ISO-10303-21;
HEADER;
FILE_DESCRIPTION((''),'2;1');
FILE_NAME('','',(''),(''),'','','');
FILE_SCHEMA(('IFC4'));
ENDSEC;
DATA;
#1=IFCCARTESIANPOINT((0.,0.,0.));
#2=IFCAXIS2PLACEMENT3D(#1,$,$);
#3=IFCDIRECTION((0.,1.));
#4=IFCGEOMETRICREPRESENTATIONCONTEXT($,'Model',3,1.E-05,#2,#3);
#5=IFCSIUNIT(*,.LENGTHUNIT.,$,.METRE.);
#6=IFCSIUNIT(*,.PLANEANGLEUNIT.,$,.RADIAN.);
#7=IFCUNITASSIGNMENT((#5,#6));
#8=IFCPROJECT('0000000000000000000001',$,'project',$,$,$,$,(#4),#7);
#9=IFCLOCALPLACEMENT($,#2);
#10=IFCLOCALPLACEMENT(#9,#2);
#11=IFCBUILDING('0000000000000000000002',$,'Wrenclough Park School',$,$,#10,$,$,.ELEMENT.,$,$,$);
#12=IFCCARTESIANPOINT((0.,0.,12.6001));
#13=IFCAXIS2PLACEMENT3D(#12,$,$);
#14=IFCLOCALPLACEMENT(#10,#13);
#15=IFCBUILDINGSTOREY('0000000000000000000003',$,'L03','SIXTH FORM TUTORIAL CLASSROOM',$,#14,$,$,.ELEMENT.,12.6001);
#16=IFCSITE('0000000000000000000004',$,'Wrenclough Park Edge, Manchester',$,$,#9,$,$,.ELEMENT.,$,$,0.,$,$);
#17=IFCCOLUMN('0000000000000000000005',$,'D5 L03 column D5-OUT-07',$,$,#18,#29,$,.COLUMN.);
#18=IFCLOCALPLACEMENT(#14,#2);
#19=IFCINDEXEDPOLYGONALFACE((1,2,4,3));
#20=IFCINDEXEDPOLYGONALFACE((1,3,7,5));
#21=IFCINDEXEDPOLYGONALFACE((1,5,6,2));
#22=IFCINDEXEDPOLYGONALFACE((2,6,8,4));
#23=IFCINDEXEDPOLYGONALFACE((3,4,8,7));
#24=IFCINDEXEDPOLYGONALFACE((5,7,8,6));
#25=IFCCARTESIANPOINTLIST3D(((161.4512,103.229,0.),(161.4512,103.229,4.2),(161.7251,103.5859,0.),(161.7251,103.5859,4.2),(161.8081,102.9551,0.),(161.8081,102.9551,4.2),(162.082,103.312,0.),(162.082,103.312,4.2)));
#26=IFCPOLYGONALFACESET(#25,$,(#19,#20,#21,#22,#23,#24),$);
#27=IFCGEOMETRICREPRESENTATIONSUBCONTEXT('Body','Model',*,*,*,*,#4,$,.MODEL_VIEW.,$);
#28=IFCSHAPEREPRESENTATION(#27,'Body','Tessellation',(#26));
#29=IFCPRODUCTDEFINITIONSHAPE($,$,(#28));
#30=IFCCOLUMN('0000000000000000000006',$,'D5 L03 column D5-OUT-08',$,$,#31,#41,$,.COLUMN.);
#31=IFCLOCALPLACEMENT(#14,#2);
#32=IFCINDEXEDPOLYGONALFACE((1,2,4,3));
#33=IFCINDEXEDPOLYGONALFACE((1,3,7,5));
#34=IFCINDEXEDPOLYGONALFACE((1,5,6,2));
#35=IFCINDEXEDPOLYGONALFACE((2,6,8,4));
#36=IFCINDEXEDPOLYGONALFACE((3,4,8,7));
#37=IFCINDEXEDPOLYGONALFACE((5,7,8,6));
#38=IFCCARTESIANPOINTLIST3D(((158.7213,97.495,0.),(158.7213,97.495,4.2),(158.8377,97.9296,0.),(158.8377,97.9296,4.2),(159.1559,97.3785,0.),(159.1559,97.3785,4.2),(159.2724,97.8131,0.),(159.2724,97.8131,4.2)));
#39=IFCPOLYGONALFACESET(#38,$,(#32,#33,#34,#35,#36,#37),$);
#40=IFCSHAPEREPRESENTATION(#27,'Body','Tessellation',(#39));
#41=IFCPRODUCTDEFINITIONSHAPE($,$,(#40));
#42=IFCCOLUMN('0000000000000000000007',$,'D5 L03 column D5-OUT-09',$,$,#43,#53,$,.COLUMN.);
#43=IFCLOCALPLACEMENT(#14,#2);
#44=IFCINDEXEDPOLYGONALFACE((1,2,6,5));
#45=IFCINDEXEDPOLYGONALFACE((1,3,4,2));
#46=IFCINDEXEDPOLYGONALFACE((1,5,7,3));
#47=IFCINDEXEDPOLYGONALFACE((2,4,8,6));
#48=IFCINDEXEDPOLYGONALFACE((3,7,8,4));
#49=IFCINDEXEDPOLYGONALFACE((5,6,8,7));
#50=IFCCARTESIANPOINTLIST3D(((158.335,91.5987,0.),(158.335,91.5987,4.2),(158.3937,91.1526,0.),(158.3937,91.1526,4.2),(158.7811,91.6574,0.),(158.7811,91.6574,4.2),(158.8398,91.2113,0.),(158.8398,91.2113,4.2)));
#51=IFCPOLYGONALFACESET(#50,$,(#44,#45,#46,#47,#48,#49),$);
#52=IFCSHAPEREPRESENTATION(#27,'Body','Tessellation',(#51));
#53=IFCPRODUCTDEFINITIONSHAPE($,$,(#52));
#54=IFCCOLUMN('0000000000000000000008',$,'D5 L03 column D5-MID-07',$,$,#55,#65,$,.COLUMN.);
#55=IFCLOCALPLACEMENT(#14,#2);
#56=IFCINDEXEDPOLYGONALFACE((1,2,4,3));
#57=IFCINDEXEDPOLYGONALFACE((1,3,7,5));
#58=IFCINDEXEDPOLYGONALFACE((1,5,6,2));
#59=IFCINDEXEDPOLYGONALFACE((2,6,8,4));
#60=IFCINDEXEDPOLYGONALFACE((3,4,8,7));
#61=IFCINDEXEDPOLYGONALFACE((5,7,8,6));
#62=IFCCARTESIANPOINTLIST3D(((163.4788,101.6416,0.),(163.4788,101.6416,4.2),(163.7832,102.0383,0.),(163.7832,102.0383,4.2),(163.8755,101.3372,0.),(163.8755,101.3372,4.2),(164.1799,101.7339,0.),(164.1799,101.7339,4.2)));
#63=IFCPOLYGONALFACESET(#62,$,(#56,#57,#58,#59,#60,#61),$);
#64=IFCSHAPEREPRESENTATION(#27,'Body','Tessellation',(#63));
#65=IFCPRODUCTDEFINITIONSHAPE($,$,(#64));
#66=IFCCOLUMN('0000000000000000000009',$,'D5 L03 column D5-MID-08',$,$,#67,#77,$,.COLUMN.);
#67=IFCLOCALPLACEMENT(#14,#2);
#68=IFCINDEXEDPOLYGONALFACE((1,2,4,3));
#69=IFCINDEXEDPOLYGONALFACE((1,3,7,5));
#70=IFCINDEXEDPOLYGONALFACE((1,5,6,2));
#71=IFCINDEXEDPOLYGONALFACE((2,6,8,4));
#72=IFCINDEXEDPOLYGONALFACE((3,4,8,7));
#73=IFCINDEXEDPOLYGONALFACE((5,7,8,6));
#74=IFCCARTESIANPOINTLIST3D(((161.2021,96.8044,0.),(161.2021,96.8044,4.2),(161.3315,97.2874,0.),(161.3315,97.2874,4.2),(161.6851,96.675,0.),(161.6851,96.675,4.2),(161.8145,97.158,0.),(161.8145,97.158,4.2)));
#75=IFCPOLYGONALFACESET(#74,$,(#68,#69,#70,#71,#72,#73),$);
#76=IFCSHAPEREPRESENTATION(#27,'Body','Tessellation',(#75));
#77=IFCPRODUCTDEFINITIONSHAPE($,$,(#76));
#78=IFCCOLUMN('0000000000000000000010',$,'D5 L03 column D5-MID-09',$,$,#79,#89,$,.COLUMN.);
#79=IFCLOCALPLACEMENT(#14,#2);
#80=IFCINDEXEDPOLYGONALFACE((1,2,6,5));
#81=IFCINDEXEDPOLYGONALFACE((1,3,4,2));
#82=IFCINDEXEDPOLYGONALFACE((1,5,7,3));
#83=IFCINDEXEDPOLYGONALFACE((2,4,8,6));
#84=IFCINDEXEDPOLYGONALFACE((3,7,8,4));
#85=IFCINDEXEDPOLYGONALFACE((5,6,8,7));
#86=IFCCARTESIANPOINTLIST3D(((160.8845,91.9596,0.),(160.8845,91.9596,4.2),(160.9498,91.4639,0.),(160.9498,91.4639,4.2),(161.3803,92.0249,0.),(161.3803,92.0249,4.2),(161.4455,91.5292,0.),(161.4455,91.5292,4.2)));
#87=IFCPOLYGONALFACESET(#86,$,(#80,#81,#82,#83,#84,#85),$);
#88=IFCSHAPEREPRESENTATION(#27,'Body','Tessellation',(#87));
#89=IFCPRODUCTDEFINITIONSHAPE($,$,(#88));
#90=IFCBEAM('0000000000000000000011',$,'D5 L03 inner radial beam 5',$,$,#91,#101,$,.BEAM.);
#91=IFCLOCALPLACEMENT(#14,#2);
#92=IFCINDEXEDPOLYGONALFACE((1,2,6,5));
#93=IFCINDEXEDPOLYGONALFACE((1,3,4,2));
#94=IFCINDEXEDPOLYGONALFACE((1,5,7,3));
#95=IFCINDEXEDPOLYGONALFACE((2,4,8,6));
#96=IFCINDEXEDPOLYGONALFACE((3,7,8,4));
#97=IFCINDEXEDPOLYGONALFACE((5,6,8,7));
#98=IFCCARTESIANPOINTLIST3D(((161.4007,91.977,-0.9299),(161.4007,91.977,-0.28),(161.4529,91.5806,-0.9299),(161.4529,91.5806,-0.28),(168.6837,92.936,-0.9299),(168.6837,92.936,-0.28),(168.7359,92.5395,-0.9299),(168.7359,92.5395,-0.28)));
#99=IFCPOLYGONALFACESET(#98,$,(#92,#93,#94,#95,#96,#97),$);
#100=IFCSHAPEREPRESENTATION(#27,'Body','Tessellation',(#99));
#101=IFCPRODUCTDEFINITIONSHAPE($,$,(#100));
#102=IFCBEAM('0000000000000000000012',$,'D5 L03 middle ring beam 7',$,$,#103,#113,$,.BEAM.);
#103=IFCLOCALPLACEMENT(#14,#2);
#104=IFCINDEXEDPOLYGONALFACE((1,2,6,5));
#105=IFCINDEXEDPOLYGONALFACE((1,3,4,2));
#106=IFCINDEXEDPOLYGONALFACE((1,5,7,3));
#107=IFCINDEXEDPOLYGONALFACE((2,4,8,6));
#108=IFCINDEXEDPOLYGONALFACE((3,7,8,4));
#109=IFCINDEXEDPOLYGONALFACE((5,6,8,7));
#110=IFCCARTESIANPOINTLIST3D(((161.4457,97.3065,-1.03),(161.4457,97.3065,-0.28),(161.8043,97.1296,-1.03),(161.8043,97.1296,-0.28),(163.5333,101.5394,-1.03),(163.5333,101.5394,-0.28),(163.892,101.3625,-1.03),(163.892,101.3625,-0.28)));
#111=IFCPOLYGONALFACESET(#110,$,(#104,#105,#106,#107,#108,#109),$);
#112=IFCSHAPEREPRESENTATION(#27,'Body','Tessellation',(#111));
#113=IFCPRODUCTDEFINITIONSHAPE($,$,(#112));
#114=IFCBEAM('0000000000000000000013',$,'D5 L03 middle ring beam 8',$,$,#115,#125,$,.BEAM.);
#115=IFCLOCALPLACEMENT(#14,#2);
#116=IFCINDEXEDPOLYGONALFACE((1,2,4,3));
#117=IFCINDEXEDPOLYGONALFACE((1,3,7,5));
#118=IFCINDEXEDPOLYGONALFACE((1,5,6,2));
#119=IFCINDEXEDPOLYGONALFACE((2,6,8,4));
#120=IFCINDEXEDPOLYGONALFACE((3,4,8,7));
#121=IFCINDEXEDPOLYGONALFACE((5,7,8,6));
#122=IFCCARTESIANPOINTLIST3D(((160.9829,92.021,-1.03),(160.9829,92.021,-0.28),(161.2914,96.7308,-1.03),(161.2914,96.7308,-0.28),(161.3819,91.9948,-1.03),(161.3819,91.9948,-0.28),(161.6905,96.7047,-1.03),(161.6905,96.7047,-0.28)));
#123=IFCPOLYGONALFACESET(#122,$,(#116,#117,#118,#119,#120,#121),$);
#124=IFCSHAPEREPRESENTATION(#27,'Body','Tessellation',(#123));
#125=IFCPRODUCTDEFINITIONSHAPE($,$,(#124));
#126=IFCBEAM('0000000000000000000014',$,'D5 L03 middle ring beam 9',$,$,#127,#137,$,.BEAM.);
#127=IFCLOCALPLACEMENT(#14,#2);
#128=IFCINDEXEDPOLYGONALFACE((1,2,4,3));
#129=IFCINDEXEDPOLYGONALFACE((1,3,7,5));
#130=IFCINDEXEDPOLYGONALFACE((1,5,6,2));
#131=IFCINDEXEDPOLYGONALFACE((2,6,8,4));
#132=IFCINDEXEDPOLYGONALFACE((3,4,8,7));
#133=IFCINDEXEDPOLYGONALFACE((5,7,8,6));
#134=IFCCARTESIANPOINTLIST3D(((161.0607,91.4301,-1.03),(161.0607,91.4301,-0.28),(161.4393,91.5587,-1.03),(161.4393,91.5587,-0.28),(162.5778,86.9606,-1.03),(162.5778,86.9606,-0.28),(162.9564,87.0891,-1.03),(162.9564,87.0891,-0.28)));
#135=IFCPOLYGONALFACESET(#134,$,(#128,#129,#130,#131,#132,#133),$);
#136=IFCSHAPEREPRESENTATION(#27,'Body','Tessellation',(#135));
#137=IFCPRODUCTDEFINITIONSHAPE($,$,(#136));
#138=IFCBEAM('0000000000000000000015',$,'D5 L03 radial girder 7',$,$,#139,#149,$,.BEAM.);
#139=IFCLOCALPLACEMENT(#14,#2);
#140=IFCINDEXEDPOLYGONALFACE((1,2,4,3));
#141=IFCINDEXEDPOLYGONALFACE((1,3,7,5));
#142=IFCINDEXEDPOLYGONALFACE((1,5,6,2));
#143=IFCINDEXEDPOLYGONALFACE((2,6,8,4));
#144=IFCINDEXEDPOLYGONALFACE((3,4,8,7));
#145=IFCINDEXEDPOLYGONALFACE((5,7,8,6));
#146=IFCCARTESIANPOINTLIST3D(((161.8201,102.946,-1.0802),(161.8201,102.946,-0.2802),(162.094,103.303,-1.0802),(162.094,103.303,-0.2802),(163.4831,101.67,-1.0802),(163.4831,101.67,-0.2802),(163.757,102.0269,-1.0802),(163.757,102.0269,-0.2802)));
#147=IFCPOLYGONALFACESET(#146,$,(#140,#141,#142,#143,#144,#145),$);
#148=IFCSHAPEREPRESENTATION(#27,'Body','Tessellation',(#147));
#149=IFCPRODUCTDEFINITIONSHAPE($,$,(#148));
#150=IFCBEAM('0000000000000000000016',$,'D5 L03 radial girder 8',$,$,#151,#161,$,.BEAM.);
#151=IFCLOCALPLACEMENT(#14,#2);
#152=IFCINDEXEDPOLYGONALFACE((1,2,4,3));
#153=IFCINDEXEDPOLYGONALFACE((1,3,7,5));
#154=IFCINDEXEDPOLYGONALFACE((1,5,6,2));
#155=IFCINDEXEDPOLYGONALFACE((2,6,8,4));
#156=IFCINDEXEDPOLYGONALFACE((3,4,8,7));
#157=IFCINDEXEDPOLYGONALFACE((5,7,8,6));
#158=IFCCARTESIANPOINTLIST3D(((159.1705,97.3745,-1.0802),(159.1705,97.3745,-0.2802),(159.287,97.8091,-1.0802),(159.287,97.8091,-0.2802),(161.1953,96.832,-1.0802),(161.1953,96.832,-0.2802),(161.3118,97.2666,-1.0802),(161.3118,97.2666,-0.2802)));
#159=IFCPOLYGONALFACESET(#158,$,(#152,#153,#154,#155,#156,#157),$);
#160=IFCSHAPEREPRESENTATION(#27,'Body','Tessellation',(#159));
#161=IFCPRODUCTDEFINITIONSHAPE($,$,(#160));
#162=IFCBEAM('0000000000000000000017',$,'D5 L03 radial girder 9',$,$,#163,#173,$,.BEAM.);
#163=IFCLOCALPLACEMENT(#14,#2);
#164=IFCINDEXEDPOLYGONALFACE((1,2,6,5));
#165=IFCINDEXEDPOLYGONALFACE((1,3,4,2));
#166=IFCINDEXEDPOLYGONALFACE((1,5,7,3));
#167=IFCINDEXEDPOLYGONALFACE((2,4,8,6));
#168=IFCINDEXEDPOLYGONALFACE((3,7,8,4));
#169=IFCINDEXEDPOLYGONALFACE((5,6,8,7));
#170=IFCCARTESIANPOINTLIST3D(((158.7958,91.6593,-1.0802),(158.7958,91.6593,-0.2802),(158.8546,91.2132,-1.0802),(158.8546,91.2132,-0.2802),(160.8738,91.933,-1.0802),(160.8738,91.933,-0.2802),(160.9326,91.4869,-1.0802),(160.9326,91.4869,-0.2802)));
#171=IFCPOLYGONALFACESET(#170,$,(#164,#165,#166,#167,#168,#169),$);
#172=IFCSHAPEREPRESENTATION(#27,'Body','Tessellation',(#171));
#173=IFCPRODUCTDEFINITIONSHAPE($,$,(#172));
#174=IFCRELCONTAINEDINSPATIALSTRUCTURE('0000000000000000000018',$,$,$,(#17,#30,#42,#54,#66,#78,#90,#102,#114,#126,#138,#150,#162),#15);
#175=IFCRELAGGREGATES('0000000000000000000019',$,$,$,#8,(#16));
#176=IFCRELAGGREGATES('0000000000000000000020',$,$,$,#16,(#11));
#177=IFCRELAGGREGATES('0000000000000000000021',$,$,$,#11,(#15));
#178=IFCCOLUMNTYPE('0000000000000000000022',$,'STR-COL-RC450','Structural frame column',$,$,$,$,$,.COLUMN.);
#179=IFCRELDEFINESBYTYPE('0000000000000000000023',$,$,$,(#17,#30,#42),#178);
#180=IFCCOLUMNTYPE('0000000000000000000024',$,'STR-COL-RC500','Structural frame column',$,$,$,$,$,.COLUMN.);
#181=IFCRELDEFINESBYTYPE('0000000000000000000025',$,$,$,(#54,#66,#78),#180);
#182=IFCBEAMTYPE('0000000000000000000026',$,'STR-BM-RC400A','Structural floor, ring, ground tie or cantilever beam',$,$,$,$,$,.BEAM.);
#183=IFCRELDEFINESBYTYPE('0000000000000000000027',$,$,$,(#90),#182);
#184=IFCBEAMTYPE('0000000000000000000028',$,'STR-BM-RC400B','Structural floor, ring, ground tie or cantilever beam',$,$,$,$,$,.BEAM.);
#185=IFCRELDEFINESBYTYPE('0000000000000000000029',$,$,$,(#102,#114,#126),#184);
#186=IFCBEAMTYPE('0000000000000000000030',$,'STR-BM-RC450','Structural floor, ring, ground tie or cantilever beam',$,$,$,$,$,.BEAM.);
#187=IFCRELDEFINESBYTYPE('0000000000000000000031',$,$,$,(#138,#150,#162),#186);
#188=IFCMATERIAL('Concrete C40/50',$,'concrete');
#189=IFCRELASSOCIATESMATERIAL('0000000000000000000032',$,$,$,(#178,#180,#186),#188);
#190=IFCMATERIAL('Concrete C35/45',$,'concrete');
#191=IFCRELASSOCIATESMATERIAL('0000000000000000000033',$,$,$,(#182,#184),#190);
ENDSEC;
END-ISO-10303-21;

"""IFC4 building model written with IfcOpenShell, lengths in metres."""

from ifc_helpers import new_model, si_unit, direction, frame, origin, origin_2d, place, context, subcontext, project, spatial, rectangle, extrude, material, material_profile, profile_set, type_object, element, save


model = new_model("IFC4")

# Units and contexts
model_context = context("Model", 3, precision=1e-05, world=origin(), true_north=direction((0.0, 1.0)))
body_context = subcontext(model_context, "Body", "Model", "MODEL_VIEW")
ifc_project = project(units=[si_unit("LENGTHUNIT", "METRE"), si_unit("PLANEANGLEUNIT", "RADIAN")], contexts=[model_context])

# Site, building, storey
site_placement = place(None, origin())
site = spatial("IfcSite", under=ifc_project, at=site_placement, Name="Wrenclough Park Edge, Manchester", CompositionType="ELEMENT", RefElevation=0.0)
building_placement = place(site_placement, origin())
building = spatial("IfcBuilding", under=site, at=building_placement, Name="Wrenclough Park School", CompositionType="ELEMENT")
storey_placement = place(building_placement, frame((0.0, 0.0, 12.6001)))
storey = spatial("IfcBuildingStorey", under=building, at=storey_placement, Name="L03", Description="SIXTH FORM TUTORIAL CLASSROOM", CompositionType="ELEMENT", Elevation=12.6001)

# Columns
ifc_material_1 = material(Name="Concrete C40/50", Category="concrete")
ifc_material_profile_1 = material_profile(ifc_material_1, rectangle(XDim=0.45, YDim=0.45, at=origin_2d()), Name="RC COL 450x450")
ifc_profile_set_1 = profile_set([ifc_material_profile_1], Name="Concrete C40/50")
column_type_1 = type_object("IfcColumnType", Name="STR-COL-RC450", Description="Structural frame column", PredefinedType="COLUMN", material=ifc_profile_set_1)
for number, where, z_axis, x_axis, name in (
    (1, (161.7666, 103.2705, 0.0), (0.0, 0.0, 1.0), (-0.608761, -0.793353, 0.0), "D5 L03 column D5-OUT-07"),
    (2, (158.9968, 97.6541, 0.0), (0.0, 0.0, 1.0), (-0.258819, -0.965926, 0.0), "D5 L03 column D5-OUT-08"),
    (3, (158.5874, 91.405, 0.0), (0.0, 0.0, 1.0), (0.130526, -0.991445, 0.0), "D5 L03 column D5-OUT-09"),
):
    element("IfcColumn", number, at=place(storey_placement, frame(where, z_axis=z_axis, x_axis=x_axis)), inside=storey, type_object=column_type_1, Name=name, PredefinedType="COLUMN", context=body_context, shape_type="SweptSolid", body=[
        extrude(rectangle(XDim=0.45, YDim=0.45, at=origin_2d()), origin(), (0.0, 0.0, 1.0), 4.2),
    ])
ifc_material_profile_2 = material_profile(ifc_material_1, rectangle(XDim=0.5, YDim=0.5, at=origin_2d()), Name="RC COL 500x500")
ifc_profile_set_2 = profile_set([ifc_material_profile_2], Name="Concrete C40/50")
column_type_2 = type_object("IfcColumnType", Name="STR-COL-RC500", Description="Structural frame column", PredefinedType="COLUMN", material=ifc_profile_set_2)
for number, where, z_axis, x_axis, name in (
    (4, (163.8293, 101.6877, 0.0), (0.0, 0.0, 1.0), (-0.608761, -0.793353, 0.0), "D5 L03 column D5-MID-07"),
    (5, (161.5083, 96.9812, 0.0), (0.0, 0.0, 1.0), (-0.258819, -0.965926, 0.0), "D5 L03 column D5-MID-08"),
    (6, (161.165, 91.7444, 0.0), (0.0, 0.0, 1.0), (0.130526, -0.991445, 0.0), "D5 L03 column D5-MID-09"),
):
    element("IfcColumn", number, at=place(storey_placement, frame(where, z_axis=z_axis, x_axis=x_axis)), inside=storey, type_object=column_type_2, Name=name, PredefinedType="COLUMN", context=body_context, shape_type="SweptSolid", body=[
        extrude(rectangle(XDim=0.5, YDim=0.5, at=origin_2d()), origin(), (0.0, 0.0, 1.0), 4.2),
    ])

# Beams
ifc_material_2 = material(Name="Concrete C35/45", Category="concrete")
ifc_material_profile_3 = material_profile(ifc_material_2, rectangle(XDim=0.3999, YDim=0.6499, at=origin_2d()), Name="RC BEAM 400x650")
ifc_profile_set_3 = profile_set([ifc_material_profile_3], Name="Concrete C35/45")
beam_type_1 = type_object("IfcBeamType", Name="STR-BM-RC400A", Description="Structural floor, ring, ground tie or cantilever beam", PredefinedType="BEAM", material=ifc_profile_set_3)
beam_1_placement = place(storey_placement, frame((161.4268, 91.7788, -0.605), z_axis=(0.991443, 0.130544, 0.0), x_axis=(-0.130544, 0.991443, 0.0)))
element("IfcBeam", 7, at=beam_1_placement, inside=storey, type_object=beam_type_1, Name="D5 L03 inner radial beam 5", PredefinedType="BEAM", context=body_context, shape_type="SweptSolid", body=[
    extrude(rectangle(XDim=0.3999, YDim=0.6499, at=origin_2d()), origin(), (0.0, 0.0, 1.0), 7.3459),
])
ifc_material_profile_4 = material_profile(ifc_material_2, rectangle(XDim=0.3999, YDim=0.75, at=origin_2d()), Name="RC BEAM 400x750")
ifc_profile_set_4 = profile_set([ifc_material_profile_4], Name="Concrete C35/45")
beam_type_2 = type_object("IfcBeamType", Name="STR-BM-RC400B", Description="Structural floor, ring, ground tie or cantilever beam", PredefinedType="BEAM", material=ifc_profile_set_4)
beam_2_placement = place(storey_placement, frame((163.7126, 101.4509, -0.655), z_axis=(-0.442324, -0.896855, 0.0), x_axis=(0.896855, -0.442324, 0.0)))
element("IfcBeam", 8, at=beam_2_placement, inside=storey, type_object=beam_type_2, Name="D5 L03 middle ring beam 7", PredefinedType="BEAM", context=body_context, shape_type="SweptSolid", body=[
    extrude(rectangle(XDim=0.3999, YDim=0.75, at=origin_2d()), origin(), (0.0, 0.0, 1.0), 4.7197),
])
for number, where, z_axis, x_axis, name in (
    (9, (161.491, 96.7178, -0.655), (-0.065379, -0.99786, 0.0), (0.99786, -0.065379, 0.0), "D5 L03 middle ring beam 8"),
    (10, (161.25, 91.4944, -0.655), (0.321421, -0.946936, 0.0), (0.946936, 0.321421, 0.0), "D5 L03 middle ring beam 9"),
):
    element("IfcBeam", number, at=place(storey_placement, frame(where, z_axis=z_axis, x_axis=x_axis)), inside=storey, type_object=beam_type_2, Name=name, PredefinedType="BEAM", context=body_context, shape_type="SweptSolid", body=[
        extrude(rectangle(XDim=0.3999, YDim=0.75, at=origin_2d()), origin(), (0.0, 0.0, 1.0), 4.72),
    ])
ifc_material_profile_5 = material_profile(ifc_material_1, rectangle(XDim=0.45, YDim=0.8, at=origin_2d()), Name="RC BEAM 450x800")
ifc_profile_set_5 = profile_set([ifc_material_profile_5], Name="Concrete C40/50")
beam_type_3 = type_object("IfcBeamType", Name="STR-BM-RC450", Description="Structural floor, ring, ground tie or cantilever beam", PredefinedType="BEAM", material=ifc_profile_set_5)
for number, where, z_axis, x_axis, name in (
    (11, (161.957, 103.1245, -0.6802), (0.793355, -0.608759, 0.0), (0.608759, 0.793355, 0.0), "D5 L03 radial girder 7"),
    (12, (159.2288, 97.5918, -0.6802), (0.965929, -0.258808, 0.0), (0.258808, 0.965929, 0.0), "D5 L03 radial girder 8"),
):
    element("IfcBeam", number, at=place(storey_placement, frame(where, z_axis=z_axis, x_axis=x_axis)), inside=storey, type_object=beam_type_3, Name=name, PredefinedType="BEAM", context=body_context, shape_type="SweptSolid", body=[
        extrude(rectangle(XDim=0.45, YDim=0.8, at=origin_2d()), origin(), (0.0, 0.0, 1.0), 2.0962),
    ])
beam_3_placement = place(storey_placement, frame((158.8252, 91.4363, -0.6802), z_axis=(0.991439, 0.130569, 0.0), x_axis=(-0.130569, 0.991439, 0.0)))
element("IfcBeam", 13, at=beam_3_placement, inside=storey, type_object=beam_type_3, Name="D5 L03 radial girder 9", PredefinedType="BEAM", context=body_context, shape_type="SweptSolid", body=[
    extrude(rectangle(XDim=0.45, YDim=0.8, at=origin_2d()), origin(), (0.0, 0.0, 1.0), 2.0959),
])

save(model, "model.ifc")
